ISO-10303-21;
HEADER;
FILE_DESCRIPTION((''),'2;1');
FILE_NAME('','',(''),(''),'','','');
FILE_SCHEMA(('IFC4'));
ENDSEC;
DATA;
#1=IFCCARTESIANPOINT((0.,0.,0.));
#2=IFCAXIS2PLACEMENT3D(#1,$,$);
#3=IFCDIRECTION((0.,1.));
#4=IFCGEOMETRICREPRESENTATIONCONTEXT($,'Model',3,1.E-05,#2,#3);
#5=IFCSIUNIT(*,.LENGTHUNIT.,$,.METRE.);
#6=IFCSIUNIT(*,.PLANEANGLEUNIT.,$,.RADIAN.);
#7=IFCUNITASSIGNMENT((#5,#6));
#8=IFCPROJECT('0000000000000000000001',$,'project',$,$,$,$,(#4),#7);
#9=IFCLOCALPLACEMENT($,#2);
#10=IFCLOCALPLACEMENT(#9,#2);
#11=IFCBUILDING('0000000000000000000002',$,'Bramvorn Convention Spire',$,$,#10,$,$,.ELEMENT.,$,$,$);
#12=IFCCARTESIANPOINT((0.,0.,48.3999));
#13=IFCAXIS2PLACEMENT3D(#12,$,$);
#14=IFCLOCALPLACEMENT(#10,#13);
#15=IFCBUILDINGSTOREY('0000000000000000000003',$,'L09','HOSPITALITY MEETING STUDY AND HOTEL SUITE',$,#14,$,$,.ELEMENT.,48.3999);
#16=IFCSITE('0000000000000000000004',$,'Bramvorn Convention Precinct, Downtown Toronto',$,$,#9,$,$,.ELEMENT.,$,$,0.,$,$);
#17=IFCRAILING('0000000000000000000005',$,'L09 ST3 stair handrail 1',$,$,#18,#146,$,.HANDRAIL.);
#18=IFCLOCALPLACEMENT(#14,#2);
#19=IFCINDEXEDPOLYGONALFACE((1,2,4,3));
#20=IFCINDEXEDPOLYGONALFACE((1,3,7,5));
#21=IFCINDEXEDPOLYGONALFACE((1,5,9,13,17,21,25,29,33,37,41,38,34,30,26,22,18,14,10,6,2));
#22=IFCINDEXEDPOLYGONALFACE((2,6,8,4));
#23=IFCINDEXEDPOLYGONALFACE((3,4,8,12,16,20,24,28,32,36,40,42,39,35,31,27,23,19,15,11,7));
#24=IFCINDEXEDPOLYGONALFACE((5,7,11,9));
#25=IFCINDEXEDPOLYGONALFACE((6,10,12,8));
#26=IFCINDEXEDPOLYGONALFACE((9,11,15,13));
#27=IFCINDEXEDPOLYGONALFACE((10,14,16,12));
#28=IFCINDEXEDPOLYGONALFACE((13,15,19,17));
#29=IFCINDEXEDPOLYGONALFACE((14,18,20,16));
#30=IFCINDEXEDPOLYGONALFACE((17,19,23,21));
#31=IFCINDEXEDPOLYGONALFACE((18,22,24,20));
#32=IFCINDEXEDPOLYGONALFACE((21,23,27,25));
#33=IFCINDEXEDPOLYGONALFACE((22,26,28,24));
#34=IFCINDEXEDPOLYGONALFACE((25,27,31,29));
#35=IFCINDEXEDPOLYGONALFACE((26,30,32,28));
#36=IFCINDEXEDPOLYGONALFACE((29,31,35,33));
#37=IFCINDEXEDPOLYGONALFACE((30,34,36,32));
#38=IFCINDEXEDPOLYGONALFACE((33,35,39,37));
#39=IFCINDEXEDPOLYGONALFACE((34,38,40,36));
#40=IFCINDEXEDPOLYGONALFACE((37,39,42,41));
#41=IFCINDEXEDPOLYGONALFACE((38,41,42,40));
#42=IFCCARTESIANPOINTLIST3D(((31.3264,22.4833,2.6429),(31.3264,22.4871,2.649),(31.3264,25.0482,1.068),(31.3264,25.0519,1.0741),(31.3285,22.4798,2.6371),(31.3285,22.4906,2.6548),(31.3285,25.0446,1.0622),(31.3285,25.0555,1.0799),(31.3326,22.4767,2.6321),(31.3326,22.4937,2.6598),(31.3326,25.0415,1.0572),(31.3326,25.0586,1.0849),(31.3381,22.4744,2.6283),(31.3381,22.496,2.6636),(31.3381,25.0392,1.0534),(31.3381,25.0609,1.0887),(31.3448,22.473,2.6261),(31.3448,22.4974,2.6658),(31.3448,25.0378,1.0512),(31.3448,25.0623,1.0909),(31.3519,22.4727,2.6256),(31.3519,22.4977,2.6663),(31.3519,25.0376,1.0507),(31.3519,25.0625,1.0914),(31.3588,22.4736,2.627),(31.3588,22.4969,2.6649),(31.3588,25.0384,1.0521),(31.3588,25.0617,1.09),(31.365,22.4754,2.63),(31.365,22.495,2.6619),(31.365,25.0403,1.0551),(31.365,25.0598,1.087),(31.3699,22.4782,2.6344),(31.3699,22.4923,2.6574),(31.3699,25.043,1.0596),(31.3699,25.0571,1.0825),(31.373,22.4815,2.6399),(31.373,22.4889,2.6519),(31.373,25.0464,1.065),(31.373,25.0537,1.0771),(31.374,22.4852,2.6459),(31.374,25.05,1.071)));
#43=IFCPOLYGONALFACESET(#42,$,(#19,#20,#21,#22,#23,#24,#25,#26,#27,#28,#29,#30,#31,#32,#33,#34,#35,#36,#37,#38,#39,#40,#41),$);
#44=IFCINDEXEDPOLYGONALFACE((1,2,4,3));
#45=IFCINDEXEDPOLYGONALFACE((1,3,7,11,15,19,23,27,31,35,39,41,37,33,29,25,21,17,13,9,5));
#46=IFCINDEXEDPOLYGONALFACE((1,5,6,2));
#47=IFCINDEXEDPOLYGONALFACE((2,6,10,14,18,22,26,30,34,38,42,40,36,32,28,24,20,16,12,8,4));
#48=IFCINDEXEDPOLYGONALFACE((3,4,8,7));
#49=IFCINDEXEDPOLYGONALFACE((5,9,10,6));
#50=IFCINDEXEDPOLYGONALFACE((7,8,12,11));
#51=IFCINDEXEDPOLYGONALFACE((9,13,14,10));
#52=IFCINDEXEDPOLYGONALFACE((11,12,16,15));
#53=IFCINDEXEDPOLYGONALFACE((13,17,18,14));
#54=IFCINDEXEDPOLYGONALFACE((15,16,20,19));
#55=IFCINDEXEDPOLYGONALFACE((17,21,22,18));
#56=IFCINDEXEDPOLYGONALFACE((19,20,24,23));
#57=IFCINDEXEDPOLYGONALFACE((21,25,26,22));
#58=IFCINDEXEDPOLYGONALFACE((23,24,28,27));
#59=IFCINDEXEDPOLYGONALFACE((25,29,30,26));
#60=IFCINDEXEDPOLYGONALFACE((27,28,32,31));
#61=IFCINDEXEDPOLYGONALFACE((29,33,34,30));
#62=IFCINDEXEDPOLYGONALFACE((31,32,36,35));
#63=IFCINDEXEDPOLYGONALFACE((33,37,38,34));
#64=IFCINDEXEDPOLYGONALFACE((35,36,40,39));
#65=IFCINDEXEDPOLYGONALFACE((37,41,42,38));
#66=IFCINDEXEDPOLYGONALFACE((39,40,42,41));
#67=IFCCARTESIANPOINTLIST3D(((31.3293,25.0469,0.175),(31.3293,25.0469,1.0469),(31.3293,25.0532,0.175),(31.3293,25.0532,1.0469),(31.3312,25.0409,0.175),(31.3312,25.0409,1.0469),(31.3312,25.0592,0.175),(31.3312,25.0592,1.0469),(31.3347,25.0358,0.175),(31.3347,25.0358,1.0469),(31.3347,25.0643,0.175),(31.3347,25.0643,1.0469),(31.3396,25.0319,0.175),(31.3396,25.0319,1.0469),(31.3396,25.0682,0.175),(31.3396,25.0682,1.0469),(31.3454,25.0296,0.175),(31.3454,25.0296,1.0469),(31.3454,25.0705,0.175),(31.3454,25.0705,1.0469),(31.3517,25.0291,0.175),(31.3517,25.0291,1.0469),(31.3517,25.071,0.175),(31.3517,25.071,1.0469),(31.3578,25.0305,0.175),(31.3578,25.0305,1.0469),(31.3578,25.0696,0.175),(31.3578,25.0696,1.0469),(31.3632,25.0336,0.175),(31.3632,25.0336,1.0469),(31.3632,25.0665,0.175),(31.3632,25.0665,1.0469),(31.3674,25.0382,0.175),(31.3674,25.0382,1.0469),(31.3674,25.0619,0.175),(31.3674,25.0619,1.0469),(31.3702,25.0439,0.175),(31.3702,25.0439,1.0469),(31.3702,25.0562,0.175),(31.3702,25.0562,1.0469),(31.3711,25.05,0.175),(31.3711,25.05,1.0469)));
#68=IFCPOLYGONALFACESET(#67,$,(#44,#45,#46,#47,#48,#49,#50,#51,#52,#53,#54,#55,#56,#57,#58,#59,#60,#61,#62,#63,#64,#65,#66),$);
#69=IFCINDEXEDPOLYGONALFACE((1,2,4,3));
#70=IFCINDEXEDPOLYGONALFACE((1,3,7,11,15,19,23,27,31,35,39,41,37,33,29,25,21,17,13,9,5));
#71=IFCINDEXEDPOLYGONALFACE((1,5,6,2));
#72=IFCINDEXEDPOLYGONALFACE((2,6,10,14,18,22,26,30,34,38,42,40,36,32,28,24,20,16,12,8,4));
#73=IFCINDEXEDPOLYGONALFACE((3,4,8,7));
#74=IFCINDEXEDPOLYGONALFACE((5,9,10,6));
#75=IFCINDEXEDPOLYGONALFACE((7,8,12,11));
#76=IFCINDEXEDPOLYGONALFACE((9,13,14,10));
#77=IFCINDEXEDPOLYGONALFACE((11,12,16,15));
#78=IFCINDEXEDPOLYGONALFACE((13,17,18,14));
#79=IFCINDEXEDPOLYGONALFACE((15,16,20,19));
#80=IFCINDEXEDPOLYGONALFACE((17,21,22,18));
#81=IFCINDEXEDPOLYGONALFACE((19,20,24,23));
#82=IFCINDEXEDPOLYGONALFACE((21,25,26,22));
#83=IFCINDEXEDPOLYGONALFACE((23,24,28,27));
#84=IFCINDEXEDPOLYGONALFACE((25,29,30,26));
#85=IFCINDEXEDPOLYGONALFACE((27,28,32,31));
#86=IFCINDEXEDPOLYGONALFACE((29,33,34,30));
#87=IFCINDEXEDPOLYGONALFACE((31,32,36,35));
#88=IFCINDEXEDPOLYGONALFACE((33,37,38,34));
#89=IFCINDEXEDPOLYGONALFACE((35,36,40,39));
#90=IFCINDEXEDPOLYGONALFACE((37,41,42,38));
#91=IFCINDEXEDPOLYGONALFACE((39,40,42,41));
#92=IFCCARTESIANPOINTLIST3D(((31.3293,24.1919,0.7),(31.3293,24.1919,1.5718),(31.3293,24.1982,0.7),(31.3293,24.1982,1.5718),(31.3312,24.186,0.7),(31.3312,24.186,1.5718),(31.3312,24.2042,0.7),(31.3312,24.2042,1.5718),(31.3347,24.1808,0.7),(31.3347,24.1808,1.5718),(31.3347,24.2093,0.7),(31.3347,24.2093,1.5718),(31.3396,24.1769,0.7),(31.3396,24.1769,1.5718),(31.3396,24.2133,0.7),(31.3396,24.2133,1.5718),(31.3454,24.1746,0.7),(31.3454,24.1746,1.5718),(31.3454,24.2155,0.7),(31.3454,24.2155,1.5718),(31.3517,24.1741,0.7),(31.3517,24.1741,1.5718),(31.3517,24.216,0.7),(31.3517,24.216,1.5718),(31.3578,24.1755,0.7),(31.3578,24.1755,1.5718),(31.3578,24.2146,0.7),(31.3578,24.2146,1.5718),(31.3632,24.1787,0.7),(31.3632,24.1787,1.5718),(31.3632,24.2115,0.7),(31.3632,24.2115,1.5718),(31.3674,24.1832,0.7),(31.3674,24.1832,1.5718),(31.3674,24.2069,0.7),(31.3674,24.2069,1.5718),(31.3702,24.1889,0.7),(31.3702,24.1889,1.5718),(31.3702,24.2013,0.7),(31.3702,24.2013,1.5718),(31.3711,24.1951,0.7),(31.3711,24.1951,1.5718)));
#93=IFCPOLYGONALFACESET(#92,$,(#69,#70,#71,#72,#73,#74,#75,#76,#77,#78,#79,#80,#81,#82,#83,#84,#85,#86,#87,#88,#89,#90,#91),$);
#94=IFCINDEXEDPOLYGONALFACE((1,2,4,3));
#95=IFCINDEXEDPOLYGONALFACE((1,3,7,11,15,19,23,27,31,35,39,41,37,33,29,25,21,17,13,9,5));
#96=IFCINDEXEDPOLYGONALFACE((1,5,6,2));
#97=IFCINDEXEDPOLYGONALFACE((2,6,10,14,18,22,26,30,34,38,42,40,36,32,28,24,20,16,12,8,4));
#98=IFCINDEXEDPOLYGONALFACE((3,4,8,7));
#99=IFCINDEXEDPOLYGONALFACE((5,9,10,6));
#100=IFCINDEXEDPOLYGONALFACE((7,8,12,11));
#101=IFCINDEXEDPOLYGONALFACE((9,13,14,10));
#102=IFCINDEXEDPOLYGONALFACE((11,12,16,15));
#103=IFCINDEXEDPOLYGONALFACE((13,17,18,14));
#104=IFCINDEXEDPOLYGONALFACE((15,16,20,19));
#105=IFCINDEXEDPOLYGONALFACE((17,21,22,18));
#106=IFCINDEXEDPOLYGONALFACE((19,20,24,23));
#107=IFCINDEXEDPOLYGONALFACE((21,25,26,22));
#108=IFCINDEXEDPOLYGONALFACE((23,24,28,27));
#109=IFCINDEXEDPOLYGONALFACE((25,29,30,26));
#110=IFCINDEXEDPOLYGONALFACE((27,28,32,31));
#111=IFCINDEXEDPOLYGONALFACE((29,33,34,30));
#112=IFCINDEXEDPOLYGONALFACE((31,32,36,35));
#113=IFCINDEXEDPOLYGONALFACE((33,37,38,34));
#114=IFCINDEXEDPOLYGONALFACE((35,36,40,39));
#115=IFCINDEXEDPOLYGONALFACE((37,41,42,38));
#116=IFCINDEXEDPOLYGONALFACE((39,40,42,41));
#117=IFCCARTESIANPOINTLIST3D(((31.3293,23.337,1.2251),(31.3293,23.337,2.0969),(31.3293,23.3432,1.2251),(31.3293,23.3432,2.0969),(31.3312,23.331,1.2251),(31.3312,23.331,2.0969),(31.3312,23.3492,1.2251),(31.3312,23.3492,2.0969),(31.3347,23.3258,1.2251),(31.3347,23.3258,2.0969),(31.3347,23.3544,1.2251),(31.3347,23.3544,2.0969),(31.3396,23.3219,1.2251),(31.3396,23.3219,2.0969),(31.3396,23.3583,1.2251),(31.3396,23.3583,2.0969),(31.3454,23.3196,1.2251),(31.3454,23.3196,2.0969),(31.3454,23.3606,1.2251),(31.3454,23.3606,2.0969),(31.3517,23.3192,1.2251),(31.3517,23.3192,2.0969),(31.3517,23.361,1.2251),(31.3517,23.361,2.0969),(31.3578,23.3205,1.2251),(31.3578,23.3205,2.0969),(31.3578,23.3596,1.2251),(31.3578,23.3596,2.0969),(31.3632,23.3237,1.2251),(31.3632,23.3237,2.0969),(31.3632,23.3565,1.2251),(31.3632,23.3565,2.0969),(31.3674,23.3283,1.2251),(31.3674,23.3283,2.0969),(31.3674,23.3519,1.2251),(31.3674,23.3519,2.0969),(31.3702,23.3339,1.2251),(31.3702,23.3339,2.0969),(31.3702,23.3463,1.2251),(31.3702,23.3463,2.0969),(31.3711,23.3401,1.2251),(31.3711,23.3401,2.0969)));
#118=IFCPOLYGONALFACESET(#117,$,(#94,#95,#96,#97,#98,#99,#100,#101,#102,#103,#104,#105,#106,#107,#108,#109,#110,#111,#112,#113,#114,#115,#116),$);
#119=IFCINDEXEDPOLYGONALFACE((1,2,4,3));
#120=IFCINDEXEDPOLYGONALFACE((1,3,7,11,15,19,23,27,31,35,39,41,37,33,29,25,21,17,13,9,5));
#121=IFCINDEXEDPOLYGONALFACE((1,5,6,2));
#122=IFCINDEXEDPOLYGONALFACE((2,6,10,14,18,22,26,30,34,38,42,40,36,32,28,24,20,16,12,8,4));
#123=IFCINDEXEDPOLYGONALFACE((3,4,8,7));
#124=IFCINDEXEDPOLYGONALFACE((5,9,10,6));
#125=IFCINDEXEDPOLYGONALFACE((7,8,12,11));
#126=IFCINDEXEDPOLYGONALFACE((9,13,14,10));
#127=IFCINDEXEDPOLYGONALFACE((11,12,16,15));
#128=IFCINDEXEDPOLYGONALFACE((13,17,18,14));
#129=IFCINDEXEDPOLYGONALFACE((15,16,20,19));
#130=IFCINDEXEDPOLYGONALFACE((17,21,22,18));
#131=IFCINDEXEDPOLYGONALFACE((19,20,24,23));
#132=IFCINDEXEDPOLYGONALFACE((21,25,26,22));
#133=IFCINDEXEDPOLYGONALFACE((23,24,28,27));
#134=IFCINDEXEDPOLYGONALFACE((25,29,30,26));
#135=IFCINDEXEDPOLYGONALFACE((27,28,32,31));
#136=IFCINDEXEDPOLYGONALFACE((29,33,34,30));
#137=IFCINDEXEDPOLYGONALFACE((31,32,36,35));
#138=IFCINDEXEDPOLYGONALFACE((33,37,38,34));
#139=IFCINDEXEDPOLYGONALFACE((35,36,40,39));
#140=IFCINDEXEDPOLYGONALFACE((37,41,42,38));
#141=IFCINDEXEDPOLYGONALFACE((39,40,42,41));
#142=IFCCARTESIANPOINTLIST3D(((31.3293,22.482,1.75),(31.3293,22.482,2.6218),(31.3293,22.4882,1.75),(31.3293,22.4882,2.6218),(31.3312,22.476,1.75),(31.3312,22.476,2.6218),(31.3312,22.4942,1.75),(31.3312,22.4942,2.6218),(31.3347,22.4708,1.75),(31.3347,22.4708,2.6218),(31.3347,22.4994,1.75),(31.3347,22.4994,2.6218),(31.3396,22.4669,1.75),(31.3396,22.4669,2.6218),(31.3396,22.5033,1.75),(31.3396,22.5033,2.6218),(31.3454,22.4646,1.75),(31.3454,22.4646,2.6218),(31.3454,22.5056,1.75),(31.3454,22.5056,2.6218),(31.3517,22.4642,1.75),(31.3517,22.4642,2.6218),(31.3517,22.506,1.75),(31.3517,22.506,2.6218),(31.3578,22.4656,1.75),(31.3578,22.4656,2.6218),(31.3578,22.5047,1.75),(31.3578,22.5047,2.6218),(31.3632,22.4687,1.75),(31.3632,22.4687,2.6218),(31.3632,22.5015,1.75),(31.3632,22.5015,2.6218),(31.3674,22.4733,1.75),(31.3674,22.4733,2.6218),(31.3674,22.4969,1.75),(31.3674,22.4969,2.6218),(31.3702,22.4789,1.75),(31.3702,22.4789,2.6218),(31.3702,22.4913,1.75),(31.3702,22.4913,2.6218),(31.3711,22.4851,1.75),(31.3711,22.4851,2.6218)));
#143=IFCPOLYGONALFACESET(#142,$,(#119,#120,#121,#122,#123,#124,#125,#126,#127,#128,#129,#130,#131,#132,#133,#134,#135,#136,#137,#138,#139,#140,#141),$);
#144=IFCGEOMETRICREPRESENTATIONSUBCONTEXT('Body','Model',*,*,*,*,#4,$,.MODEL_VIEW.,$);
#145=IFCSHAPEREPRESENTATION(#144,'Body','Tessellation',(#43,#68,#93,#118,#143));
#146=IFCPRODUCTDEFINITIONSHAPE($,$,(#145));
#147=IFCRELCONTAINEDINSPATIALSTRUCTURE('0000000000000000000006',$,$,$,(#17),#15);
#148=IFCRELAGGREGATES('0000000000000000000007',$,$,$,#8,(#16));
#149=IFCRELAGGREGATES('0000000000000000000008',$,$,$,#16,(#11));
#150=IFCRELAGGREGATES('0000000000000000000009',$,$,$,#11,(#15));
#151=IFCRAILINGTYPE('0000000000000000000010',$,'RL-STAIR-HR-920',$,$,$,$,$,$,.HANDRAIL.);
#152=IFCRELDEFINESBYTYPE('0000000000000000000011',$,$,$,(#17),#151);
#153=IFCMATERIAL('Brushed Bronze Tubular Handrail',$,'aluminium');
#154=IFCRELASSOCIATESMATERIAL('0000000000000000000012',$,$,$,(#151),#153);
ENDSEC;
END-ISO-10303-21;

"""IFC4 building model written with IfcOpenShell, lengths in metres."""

from ifc_helpers import new_model, si_unit, direction, frame, origin, origin_2d, place, context, subcontext, project, spatial, circle, extrude, material, type_object, element, save


model = new_model("IFC4")

# Units and contexts
model_context = context("Model", 3, precision=1e-05, world=origin(), true_north=direction((0.0, 1.0)))
body_context = subcontext(model_context, "Body", "Model", "MODEL_VIEW")
ifc_project = project(units=[si_unit("LENGTHUNIT", "METRE"), si_unit("PLANEANGLEUNIT", "RADIAN")], contexts=[model_context])

# Site, building, storey
site_placement = place(None, origin())
site = spatial("IfcSite", under=ifc_project, at=site_placement, Name="Bramvorn Convention Precinct, Downtown Toronto", CompositionType="ELEMENT", RefElevation=0.0)
building_placement = place(site_placement, origin())
building = spatial("IfcBuilding", under=site, at=building_placement, Name="Bramvorn Convention Spire", CompositionType="ELEMENT")
storey_placement = place(building_placement, frame((0.0, 0.0, 48.3999)))
storey = spatial("IfcBuildingStorey", under=building, at=storey_placement, Name="L09", Description="HOSPITALITY MEETING STUDY AND HOTEL SUITE", CompositionType="ELEMENT", Elevation=48.3999)

# Railing
ifc_material_1 = material(Name="Brushed Bronze Tubular Handrail", Category="aluminium")
railing_type_1 = type_object("IfcRailingType", Name="RL-STAIR-HR-920", PredefinedType="HANDRAIL", material=ifc_material_1)
railing_1_placement = place(storey_placement, frame((31.3501, 25.05, 0.175)))
element("IfcRailing", 1, at=railing_1_placement, inside=storey, type_object=railing_type_1, Name="L09 ST3 stair handrail 1", PredefinedType="HANDRAIL", context=body_context, shape_type="SweptSolid", body=[
    extrude(circle(Radius=0.0239, at=origin_2d()), frame((0.0, 0.0, 0.896), z_axis=(0.0, -0.852173, 0.52326), x_axis=(1.0, 0.0, 0.0)), (0.0, 0.0, 1.0), 3.0098),
    extrude(circle(Radius=0.021, at=origin_2d()), origin(), (0.0, 0.0, 1.0), 0.8718),
    extrude(circle(Radius=0.021, at=origin_2d()), frame((0.0, -0.855, 0.5249)), (0.0, 0.0, 1.0), 0.8718),
    extrude(circle(Radius=0.021, at=origin_2d()), frame((0.0, -1.71, 1.05)), (0.0, 0.0, 1.0), 0.8718),
    extrude(circle(Radius=0.021, at=origin_2d()), frame((0.0, -2.5649, 1.575)), (0.0, 0.0, 1.0), 0.8718),
])

save(model, "model.ifc")
